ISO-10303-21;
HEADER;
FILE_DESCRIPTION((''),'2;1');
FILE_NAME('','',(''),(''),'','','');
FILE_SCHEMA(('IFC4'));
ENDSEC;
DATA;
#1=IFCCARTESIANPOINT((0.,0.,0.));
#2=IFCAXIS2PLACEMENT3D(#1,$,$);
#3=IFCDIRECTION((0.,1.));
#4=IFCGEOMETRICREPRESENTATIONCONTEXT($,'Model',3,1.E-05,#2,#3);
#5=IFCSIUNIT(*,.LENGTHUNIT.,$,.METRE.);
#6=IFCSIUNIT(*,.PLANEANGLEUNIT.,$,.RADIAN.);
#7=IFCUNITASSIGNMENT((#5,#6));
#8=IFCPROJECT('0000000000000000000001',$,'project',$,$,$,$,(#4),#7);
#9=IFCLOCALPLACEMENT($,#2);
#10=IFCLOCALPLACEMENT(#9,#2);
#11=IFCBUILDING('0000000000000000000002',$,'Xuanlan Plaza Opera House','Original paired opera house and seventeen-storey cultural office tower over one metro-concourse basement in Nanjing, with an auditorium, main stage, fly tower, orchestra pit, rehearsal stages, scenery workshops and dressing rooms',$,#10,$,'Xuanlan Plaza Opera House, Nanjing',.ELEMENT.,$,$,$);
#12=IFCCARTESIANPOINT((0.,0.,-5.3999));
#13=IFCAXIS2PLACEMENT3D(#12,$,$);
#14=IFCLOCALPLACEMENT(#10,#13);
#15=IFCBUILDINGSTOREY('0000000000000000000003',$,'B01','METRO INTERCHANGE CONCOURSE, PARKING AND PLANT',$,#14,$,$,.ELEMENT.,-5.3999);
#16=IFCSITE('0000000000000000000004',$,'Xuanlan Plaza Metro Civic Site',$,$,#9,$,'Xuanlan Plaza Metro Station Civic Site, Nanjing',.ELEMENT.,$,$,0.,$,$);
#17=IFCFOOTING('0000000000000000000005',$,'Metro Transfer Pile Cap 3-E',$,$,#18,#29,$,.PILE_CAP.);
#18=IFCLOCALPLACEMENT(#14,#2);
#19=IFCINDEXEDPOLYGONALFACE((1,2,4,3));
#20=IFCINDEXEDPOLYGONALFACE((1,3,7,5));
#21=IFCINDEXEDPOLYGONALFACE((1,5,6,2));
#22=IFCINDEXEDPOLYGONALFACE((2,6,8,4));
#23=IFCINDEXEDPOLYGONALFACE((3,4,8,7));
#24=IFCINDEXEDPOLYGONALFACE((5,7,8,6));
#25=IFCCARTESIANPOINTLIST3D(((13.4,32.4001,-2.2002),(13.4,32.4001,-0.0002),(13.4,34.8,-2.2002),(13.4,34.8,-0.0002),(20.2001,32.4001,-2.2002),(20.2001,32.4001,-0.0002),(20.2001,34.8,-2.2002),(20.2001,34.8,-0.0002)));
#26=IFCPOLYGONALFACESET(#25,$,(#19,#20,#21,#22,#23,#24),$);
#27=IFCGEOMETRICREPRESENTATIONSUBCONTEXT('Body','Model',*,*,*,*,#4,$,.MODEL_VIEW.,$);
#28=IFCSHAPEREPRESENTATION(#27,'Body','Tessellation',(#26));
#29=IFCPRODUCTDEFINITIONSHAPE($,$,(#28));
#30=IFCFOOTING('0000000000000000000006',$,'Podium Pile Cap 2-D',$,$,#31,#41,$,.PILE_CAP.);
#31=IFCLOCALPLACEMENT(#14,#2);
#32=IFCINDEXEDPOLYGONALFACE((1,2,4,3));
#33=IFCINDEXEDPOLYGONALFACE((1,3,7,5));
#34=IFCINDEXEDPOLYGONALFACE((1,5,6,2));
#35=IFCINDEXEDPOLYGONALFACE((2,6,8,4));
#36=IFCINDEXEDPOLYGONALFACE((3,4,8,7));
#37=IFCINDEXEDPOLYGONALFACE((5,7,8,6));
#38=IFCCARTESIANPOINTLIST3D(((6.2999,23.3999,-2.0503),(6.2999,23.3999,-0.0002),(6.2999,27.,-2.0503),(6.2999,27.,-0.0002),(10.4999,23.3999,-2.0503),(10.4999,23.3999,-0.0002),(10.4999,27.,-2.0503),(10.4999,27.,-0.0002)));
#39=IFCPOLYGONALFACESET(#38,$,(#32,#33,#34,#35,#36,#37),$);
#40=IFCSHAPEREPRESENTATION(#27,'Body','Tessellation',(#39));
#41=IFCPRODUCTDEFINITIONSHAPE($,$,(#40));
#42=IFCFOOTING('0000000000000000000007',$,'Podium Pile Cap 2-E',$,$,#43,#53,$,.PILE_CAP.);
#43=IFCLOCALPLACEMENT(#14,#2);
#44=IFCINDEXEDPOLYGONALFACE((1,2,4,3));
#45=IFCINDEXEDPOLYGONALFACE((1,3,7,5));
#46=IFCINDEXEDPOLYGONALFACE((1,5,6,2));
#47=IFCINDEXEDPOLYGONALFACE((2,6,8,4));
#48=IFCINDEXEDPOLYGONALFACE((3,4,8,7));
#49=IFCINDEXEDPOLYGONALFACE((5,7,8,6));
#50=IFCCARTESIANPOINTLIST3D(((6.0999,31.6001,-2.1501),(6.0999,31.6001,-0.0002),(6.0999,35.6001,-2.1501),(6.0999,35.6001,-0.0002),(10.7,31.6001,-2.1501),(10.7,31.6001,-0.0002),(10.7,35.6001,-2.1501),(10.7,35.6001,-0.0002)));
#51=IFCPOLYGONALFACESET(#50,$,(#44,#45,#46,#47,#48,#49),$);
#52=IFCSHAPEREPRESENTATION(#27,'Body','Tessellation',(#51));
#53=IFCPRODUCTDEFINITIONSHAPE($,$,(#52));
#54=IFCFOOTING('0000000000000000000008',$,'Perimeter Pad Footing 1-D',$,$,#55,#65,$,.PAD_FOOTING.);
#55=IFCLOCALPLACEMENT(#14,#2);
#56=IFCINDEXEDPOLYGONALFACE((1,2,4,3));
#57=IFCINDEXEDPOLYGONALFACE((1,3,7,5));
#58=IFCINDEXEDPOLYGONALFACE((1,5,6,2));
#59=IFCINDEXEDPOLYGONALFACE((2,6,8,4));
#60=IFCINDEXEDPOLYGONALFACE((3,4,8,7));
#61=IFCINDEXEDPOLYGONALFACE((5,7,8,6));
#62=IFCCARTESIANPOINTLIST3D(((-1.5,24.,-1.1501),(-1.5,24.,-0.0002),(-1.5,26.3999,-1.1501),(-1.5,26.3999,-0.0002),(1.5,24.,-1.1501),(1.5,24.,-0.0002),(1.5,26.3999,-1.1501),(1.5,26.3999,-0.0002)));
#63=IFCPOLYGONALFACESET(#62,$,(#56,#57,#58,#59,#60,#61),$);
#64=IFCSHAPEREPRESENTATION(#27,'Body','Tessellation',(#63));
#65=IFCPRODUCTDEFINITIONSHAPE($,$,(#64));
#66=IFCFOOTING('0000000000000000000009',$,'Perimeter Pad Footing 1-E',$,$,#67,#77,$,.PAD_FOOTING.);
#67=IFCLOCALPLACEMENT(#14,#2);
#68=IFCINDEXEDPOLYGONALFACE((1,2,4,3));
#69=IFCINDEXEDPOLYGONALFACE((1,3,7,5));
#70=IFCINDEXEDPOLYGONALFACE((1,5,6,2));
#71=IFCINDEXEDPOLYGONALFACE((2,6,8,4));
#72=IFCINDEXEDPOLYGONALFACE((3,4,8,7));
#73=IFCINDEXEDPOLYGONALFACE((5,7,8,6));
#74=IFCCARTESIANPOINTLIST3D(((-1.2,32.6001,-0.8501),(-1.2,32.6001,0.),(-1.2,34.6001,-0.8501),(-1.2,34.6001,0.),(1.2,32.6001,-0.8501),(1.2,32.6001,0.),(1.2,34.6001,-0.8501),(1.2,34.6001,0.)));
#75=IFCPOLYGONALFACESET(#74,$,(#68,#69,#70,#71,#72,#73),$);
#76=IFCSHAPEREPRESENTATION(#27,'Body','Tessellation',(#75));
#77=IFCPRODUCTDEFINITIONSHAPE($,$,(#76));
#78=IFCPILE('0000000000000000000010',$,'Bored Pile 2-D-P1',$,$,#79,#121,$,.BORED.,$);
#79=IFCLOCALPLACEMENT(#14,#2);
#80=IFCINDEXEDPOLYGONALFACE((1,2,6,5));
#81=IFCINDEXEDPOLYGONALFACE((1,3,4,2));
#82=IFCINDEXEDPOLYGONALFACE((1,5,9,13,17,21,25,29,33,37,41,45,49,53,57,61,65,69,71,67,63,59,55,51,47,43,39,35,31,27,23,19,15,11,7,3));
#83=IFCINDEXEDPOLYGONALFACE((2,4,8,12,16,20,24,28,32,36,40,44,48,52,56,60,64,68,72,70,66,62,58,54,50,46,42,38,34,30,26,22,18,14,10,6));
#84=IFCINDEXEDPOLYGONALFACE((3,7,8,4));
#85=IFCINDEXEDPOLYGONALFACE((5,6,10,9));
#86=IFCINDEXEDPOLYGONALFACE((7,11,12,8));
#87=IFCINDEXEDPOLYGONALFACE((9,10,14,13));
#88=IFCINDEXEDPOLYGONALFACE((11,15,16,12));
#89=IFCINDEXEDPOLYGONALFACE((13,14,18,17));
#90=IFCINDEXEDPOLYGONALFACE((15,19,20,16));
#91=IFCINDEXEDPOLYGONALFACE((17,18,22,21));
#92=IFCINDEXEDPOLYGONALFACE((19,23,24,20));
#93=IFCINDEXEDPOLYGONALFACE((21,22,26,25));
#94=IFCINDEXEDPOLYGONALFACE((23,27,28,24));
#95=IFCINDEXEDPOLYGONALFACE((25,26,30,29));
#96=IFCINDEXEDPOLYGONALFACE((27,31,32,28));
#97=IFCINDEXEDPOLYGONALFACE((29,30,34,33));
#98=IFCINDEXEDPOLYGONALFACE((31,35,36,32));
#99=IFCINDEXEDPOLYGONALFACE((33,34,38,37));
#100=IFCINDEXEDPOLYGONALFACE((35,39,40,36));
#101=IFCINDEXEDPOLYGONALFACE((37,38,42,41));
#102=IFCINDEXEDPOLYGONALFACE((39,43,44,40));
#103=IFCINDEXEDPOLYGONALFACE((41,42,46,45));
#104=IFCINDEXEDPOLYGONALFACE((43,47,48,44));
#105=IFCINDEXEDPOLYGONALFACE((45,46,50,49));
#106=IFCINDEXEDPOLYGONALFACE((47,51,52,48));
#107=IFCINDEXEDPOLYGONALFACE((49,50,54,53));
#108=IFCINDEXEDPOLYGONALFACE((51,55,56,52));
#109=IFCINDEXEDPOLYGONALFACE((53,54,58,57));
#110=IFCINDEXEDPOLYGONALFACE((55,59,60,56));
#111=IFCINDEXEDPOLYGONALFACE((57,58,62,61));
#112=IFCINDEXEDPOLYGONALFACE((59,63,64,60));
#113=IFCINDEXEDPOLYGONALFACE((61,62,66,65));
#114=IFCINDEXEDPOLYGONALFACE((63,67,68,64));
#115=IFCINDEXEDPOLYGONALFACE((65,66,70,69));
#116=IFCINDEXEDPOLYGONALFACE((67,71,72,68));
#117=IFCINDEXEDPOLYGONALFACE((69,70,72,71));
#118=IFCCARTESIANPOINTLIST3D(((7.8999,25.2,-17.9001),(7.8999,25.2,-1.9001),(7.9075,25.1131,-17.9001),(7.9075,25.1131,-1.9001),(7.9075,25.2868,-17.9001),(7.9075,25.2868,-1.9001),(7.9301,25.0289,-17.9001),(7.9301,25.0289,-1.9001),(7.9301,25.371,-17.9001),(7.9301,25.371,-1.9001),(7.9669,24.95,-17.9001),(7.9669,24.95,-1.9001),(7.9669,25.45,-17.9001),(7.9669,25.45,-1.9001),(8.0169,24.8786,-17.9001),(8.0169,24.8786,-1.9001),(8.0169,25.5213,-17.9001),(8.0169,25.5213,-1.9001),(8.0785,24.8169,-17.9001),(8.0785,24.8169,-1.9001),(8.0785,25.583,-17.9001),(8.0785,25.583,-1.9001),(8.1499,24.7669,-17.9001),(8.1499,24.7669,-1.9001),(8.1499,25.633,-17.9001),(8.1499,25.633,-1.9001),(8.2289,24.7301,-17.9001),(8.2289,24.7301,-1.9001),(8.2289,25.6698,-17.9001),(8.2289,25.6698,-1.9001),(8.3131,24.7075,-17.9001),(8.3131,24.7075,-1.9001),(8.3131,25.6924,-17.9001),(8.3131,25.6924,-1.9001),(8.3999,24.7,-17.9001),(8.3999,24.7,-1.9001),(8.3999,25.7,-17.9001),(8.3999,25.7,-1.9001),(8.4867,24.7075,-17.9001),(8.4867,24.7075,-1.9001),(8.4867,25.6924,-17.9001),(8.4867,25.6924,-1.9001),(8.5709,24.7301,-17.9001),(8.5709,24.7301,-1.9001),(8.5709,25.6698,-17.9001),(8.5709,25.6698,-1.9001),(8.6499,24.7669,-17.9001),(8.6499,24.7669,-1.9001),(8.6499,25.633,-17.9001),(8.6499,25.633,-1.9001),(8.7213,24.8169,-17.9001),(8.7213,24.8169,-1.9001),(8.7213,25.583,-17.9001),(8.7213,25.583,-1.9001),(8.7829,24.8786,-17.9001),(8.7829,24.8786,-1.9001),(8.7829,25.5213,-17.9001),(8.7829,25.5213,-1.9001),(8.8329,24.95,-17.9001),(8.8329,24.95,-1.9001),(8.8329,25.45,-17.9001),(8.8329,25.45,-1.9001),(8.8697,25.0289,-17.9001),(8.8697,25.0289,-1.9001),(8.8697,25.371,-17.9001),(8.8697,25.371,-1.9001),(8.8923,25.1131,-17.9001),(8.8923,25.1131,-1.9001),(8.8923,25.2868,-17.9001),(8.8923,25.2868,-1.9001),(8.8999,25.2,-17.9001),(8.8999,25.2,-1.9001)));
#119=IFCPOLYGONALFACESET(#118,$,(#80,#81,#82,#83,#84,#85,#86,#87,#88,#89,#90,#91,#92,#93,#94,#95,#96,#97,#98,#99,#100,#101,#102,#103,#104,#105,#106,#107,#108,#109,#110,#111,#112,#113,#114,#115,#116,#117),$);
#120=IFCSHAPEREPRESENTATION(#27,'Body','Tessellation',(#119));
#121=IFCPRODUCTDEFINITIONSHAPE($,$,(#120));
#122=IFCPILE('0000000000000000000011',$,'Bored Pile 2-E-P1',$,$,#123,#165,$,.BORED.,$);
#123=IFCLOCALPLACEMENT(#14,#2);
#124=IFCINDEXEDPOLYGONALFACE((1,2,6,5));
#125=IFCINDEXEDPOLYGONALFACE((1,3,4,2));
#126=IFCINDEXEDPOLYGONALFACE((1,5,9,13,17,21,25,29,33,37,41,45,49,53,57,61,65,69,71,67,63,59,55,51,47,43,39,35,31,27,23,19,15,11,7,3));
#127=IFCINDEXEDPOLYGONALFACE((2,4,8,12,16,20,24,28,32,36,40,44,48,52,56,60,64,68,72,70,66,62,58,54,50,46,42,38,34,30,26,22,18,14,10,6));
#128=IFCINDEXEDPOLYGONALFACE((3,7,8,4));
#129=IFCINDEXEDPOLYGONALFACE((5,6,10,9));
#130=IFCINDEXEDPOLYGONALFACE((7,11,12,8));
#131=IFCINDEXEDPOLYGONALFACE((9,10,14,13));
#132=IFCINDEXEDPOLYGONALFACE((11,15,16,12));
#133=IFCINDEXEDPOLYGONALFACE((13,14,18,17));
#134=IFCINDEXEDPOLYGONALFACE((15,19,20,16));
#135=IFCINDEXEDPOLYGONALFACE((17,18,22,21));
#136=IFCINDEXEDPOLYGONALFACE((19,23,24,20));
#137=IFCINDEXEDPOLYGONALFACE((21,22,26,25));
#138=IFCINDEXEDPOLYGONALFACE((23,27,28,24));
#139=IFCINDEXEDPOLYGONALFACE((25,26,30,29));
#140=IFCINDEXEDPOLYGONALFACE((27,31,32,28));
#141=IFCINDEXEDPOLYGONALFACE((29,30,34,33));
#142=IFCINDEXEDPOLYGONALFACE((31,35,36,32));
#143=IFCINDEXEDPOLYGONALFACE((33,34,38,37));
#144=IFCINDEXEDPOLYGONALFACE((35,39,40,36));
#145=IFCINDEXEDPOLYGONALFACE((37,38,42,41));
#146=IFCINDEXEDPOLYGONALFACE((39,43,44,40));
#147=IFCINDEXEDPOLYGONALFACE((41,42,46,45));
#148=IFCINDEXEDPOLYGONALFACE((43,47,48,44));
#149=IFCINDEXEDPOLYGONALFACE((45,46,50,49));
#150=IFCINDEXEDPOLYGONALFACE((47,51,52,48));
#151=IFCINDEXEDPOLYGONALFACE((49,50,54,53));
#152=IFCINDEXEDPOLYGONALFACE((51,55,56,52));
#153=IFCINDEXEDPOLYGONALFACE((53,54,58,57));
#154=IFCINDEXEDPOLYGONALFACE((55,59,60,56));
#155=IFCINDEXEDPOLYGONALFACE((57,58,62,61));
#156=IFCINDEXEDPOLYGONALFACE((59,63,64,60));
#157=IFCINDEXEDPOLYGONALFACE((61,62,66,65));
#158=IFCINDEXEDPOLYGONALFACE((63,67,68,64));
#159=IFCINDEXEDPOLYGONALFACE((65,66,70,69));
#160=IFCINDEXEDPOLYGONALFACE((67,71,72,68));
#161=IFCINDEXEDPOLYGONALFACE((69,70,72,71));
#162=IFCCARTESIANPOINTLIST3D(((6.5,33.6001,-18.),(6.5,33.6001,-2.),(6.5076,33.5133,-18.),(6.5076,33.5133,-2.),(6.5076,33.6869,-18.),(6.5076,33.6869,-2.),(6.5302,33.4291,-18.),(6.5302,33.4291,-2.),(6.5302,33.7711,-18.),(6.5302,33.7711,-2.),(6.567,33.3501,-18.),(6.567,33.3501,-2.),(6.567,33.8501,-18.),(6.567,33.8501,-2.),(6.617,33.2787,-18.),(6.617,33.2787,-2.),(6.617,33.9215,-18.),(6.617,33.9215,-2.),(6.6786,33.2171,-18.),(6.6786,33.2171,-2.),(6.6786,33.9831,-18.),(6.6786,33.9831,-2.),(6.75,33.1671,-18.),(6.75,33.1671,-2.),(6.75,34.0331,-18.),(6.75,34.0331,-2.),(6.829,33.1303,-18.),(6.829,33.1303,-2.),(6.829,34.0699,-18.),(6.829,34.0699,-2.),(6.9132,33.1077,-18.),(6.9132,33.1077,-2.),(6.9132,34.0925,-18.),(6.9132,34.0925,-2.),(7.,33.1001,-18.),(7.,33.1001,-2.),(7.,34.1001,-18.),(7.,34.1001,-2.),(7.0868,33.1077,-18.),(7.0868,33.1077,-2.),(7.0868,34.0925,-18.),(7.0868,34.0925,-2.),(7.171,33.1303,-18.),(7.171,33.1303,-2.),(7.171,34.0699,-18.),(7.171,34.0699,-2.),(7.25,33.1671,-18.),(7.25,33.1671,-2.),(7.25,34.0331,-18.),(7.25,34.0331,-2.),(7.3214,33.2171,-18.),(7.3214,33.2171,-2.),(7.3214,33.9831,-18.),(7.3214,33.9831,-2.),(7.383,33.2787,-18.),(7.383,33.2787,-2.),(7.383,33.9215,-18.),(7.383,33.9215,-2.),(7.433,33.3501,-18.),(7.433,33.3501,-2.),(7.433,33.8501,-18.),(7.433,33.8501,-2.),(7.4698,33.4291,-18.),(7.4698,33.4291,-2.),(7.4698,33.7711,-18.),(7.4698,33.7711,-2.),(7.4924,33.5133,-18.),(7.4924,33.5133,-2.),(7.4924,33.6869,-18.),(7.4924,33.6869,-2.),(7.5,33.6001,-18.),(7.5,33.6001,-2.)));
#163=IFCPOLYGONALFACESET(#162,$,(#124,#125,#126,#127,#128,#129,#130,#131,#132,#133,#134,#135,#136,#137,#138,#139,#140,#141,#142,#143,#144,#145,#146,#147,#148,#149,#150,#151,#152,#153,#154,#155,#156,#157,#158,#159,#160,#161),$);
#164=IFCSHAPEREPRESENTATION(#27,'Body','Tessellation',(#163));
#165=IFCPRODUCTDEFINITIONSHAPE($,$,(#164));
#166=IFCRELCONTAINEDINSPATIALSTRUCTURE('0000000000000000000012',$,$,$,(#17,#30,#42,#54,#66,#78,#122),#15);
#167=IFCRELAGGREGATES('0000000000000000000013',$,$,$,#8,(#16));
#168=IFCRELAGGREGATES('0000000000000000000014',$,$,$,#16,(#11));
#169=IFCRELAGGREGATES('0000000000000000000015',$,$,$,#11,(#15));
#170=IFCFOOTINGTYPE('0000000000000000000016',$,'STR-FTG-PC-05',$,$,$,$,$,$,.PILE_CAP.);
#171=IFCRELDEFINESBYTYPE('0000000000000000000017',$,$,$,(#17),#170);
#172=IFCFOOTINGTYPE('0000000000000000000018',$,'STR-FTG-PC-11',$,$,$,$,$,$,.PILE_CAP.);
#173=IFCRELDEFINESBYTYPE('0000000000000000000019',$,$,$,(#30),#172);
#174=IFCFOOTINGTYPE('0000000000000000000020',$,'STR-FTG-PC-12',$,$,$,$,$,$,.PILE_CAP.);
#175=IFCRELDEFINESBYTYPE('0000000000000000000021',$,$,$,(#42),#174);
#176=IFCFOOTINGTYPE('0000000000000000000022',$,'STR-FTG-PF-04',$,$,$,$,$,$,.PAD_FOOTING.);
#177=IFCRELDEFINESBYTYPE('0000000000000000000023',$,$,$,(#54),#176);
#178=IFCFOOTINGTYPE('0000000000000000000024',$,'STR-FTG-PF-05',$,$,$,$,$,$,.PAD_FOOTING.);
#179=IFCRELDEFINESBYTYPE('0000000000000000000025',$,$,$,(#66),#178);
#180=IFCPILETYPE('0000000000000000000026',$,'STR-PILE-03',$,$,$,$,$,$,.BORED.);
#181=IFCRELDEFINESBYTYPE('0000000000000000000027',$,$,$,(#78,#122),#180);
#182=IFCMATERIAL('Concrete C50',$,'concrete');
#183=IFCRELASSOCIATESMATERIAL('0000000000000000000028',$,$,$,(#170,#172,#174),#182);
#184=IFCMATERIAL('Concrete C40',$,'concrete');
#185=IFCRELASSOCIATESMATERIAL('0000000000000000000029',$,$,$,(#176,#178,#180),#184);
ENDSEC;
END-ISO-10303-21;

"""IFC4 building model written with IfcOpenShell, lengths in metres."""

from ifc_helpers import new_model, si_unit, direction, frame, origin, origin_2d, place, context, subcontext, project, spatial, rectangle, circle, extrude, material, material_profile, profile_set, type_object, element, save


model = new_model("IFC4")

# Units and contexts
model_context = context("Model", 3, precision=1e-05, world=origin(), true_north=direction((0.0, 1.0)))
body_context = subcontext(model_context, "Body", "Model", "MODEL_VIEW")
ifc_project = project(units=[si_unit("LENGTHUNIT", "METRE"), si_unit("PLANEANGLEUNIT", "RADIAN")], contexts=[model_context])

# Site, building, storey
site_placement = place(None, origin())
site = spatial("IfcSite", under=ifc_project, at=site_placement, Name="Xuanlan Plaza Metro Civic Site", LongName="Xuanlan Plaza Metro Station Civic Site, Nanjing", CompositionType="ELEMENT", RefElevation=0.0)
building_placement = place(site_placement, origin())
building = spatial("IfcBuilding", under=site, at=building_placement, Name="Xuanlan Plaza Opera House", Description="Original paired opera house and seventeen-storey cultural office tower over one metro-concourse basement in Nanjing, with an auditorium, main stage, fly tower, orchestra pit, rehearsal stages, scenery workshops and dressing rooms", LongName="Xuanlan Plaza Opera House, Nanjing", CompositionType="ELEMENT")
storey_placement = place(building_placement, frame((0.0, 0.0, -5.3999)))
storey = spatial("IfcBuildingStorey", under=building, at=storey_placement, Name="B01", Description="METRO INTERCHANGE CONCOURSE, PARKING AND PLANT", CompositionType="ELEMENT", Elevation=-5.3999)

# Footings
ifc_material_1 = material(Name="Concrete C50", Category="concrete")
footing_type_1 = type_object("IfcFootingType", Name="STR-FTG-PC-05", PredefinedType="PILE_CAP", material=ifc_material_1)
footing_1_placement = place(storey_placement, frame((16.8, 33.6001, -2.2002), z_axis=(0.0, 0.0, 1.0), x_axis=(1.0, 0.0, 0.0)))
element("IfcFooting", 1, at=footing_1_placement, inside=storey, type_object=footing_type_1, Name="Metro Transfer Pile Cap 3-E", PredefinedType="PILE_CAP", context=body_context, shape_type="SweptSolid", body=[
    extrude(rectangle(XDim=6.8, YDim=2.3999, at=origin_2d()), origin(), (0.0, 0.0, 1.0), 2.2),
])
footing_type_2 = type_object("IfcFootingType", Name="STR-FTG-PC-11", PredefinedType="PILE_CAP", material=ifc_material_1)
footing_2_placement = place(storey_placement, frame((8.3999, 25.2, -2.0503), z_axis=(0.0, 0.0, 1.0), x_axis=(1.0, 0.0, 0.0)))
element("IfcFooting", 2, at=footing_2_placement, inside=storey, type_object=footing_type_2, Name="Podium Pile Cap 2-D", PredefinedType="PILE_CAP", context=body_context, shape_type="SweptSolid", body=[
    extrude(rectangle(XDim=4.2, YDim=3.6001, at=origin_2d()), origin(), (0.0, 0.0, 1.0), 2.05),
])
footing_type_3 = type_object("IfcFootingType", Name="STR-FTG-PC-12", PredefinedType="PILE_CAP", material=ifc_material_1)
footing_3_placement = place(storey_placement, frame((8.3999, 33.6001, -2.1501), z_axis=(0.0, 0.0, 1.0), x_axis=(1.0, 0.0, 0.0)))
element("IfcFooting", 3, at=footing_3_placement, inside=storey, type_object=footing_type_3, Name="Podium Pile Cap 2-E", PredefinedType="PILE_CAP", context=body_context, shape_type="SweptSolid", body=[
    extrude(rectangle(XDim=4.6001, YDim=4.0, at=origin_2d()), origin(), (0.0, 0.0, 1.0), 2.1499),
])
ifc_material_2 = material(Name="Concrete C40", Category="concrete")
footing_type_4 = type_object("IfcFootingType", Name="STR-FTG-PF-04", PredefinedType="PAD_FOOTING", material=ifc_material_2)
footing_4_placement = place(storey_placement, frame((0.0, 25.2, -1.1501), z_axis=(0.0, 0.0, 1.0), x_axis=(1.0, 0.0, 0.0)))
element("IfcFooting", 4, at=footing_4_placement, inside=storey, type_object=footing_type_4, Name="Perimeter Pad Footing 1-D", PredefinedType="PAD_FOOTING", context=body_context, shape_type="SweptSolid", body=[
    extrude(rectangle(XDim=3.0, YDim=2.3999, at=origin_2d()), origin(), (0.0, 0.0, 1.0), 1.1499),
])
footing_type_5 = type_object("IfcFootingType", Name="STR-FTG-PF-05", PredefinedType="PAD_FOOTING", material=ifc_material_2)
footing_5_placement = place(storey_placement, frame((0.0, 33.6001, -0.8501), z_axis=(0.0, 0.0, 1.0), x_axis=(1.0, 0.0, 0.0)))
element("IfcFooting", 5, at=footing_5_placement, inside=storey, type_object=footing_type_5, Name="Perimeter Pad Footing 1-E", PredefinedType="PAD_FOOTING", context=body_context, shape_type="SweptSolid", body=[
    extrude(rectangle(XDim=2.3999, YDim=2.0, at=origin_2d()), origin(), (0.0, 0.0, 1.0), 0.8501),
])

# Piles
ifc_material_profile_1 = material_profile(ifc_material_2, circle(Radius=0.5, at=origin_2d()), Name="PILE D1000")
ifc_profile_set_1 = profile_set([ifc_material_profile_1], Name="Concrete C40")
pile_type_1 = type_object("IfcPileType", Name="STR-PILE-03", PredefinedType="BORED", material=ifc_profile_set_1)
for number, where, z_axis, x_axis, name in (
    (6, (8.3999, 25.2, -1.9001), (0.0, 0.0, -1.0), (1.0, 0.0, 0.0), "Bored Pile 2-D-P1"),
    (7, (7.0, 33.6001, -2.0), (0.0, 0.0, -1.0), (1.0, 0.0, 0.0), "Bored Pile 2-E-P1"),
):
    element("IfcPile", number, at=place(storey_placement, frame(where, z_axis=z_axis, x_axis=x_axis)), inside=storey, type_object=pile_type_1, Name=name, PredefinedType="BORED", context=body_context, shape_type="SweptSolid", body=[
        extrude(circle(Radius=0.5, at=origin_2d()), origin(), (0.0, 0.0, 1.0), 16.0),
    ])

save(model, "model.ifc")
